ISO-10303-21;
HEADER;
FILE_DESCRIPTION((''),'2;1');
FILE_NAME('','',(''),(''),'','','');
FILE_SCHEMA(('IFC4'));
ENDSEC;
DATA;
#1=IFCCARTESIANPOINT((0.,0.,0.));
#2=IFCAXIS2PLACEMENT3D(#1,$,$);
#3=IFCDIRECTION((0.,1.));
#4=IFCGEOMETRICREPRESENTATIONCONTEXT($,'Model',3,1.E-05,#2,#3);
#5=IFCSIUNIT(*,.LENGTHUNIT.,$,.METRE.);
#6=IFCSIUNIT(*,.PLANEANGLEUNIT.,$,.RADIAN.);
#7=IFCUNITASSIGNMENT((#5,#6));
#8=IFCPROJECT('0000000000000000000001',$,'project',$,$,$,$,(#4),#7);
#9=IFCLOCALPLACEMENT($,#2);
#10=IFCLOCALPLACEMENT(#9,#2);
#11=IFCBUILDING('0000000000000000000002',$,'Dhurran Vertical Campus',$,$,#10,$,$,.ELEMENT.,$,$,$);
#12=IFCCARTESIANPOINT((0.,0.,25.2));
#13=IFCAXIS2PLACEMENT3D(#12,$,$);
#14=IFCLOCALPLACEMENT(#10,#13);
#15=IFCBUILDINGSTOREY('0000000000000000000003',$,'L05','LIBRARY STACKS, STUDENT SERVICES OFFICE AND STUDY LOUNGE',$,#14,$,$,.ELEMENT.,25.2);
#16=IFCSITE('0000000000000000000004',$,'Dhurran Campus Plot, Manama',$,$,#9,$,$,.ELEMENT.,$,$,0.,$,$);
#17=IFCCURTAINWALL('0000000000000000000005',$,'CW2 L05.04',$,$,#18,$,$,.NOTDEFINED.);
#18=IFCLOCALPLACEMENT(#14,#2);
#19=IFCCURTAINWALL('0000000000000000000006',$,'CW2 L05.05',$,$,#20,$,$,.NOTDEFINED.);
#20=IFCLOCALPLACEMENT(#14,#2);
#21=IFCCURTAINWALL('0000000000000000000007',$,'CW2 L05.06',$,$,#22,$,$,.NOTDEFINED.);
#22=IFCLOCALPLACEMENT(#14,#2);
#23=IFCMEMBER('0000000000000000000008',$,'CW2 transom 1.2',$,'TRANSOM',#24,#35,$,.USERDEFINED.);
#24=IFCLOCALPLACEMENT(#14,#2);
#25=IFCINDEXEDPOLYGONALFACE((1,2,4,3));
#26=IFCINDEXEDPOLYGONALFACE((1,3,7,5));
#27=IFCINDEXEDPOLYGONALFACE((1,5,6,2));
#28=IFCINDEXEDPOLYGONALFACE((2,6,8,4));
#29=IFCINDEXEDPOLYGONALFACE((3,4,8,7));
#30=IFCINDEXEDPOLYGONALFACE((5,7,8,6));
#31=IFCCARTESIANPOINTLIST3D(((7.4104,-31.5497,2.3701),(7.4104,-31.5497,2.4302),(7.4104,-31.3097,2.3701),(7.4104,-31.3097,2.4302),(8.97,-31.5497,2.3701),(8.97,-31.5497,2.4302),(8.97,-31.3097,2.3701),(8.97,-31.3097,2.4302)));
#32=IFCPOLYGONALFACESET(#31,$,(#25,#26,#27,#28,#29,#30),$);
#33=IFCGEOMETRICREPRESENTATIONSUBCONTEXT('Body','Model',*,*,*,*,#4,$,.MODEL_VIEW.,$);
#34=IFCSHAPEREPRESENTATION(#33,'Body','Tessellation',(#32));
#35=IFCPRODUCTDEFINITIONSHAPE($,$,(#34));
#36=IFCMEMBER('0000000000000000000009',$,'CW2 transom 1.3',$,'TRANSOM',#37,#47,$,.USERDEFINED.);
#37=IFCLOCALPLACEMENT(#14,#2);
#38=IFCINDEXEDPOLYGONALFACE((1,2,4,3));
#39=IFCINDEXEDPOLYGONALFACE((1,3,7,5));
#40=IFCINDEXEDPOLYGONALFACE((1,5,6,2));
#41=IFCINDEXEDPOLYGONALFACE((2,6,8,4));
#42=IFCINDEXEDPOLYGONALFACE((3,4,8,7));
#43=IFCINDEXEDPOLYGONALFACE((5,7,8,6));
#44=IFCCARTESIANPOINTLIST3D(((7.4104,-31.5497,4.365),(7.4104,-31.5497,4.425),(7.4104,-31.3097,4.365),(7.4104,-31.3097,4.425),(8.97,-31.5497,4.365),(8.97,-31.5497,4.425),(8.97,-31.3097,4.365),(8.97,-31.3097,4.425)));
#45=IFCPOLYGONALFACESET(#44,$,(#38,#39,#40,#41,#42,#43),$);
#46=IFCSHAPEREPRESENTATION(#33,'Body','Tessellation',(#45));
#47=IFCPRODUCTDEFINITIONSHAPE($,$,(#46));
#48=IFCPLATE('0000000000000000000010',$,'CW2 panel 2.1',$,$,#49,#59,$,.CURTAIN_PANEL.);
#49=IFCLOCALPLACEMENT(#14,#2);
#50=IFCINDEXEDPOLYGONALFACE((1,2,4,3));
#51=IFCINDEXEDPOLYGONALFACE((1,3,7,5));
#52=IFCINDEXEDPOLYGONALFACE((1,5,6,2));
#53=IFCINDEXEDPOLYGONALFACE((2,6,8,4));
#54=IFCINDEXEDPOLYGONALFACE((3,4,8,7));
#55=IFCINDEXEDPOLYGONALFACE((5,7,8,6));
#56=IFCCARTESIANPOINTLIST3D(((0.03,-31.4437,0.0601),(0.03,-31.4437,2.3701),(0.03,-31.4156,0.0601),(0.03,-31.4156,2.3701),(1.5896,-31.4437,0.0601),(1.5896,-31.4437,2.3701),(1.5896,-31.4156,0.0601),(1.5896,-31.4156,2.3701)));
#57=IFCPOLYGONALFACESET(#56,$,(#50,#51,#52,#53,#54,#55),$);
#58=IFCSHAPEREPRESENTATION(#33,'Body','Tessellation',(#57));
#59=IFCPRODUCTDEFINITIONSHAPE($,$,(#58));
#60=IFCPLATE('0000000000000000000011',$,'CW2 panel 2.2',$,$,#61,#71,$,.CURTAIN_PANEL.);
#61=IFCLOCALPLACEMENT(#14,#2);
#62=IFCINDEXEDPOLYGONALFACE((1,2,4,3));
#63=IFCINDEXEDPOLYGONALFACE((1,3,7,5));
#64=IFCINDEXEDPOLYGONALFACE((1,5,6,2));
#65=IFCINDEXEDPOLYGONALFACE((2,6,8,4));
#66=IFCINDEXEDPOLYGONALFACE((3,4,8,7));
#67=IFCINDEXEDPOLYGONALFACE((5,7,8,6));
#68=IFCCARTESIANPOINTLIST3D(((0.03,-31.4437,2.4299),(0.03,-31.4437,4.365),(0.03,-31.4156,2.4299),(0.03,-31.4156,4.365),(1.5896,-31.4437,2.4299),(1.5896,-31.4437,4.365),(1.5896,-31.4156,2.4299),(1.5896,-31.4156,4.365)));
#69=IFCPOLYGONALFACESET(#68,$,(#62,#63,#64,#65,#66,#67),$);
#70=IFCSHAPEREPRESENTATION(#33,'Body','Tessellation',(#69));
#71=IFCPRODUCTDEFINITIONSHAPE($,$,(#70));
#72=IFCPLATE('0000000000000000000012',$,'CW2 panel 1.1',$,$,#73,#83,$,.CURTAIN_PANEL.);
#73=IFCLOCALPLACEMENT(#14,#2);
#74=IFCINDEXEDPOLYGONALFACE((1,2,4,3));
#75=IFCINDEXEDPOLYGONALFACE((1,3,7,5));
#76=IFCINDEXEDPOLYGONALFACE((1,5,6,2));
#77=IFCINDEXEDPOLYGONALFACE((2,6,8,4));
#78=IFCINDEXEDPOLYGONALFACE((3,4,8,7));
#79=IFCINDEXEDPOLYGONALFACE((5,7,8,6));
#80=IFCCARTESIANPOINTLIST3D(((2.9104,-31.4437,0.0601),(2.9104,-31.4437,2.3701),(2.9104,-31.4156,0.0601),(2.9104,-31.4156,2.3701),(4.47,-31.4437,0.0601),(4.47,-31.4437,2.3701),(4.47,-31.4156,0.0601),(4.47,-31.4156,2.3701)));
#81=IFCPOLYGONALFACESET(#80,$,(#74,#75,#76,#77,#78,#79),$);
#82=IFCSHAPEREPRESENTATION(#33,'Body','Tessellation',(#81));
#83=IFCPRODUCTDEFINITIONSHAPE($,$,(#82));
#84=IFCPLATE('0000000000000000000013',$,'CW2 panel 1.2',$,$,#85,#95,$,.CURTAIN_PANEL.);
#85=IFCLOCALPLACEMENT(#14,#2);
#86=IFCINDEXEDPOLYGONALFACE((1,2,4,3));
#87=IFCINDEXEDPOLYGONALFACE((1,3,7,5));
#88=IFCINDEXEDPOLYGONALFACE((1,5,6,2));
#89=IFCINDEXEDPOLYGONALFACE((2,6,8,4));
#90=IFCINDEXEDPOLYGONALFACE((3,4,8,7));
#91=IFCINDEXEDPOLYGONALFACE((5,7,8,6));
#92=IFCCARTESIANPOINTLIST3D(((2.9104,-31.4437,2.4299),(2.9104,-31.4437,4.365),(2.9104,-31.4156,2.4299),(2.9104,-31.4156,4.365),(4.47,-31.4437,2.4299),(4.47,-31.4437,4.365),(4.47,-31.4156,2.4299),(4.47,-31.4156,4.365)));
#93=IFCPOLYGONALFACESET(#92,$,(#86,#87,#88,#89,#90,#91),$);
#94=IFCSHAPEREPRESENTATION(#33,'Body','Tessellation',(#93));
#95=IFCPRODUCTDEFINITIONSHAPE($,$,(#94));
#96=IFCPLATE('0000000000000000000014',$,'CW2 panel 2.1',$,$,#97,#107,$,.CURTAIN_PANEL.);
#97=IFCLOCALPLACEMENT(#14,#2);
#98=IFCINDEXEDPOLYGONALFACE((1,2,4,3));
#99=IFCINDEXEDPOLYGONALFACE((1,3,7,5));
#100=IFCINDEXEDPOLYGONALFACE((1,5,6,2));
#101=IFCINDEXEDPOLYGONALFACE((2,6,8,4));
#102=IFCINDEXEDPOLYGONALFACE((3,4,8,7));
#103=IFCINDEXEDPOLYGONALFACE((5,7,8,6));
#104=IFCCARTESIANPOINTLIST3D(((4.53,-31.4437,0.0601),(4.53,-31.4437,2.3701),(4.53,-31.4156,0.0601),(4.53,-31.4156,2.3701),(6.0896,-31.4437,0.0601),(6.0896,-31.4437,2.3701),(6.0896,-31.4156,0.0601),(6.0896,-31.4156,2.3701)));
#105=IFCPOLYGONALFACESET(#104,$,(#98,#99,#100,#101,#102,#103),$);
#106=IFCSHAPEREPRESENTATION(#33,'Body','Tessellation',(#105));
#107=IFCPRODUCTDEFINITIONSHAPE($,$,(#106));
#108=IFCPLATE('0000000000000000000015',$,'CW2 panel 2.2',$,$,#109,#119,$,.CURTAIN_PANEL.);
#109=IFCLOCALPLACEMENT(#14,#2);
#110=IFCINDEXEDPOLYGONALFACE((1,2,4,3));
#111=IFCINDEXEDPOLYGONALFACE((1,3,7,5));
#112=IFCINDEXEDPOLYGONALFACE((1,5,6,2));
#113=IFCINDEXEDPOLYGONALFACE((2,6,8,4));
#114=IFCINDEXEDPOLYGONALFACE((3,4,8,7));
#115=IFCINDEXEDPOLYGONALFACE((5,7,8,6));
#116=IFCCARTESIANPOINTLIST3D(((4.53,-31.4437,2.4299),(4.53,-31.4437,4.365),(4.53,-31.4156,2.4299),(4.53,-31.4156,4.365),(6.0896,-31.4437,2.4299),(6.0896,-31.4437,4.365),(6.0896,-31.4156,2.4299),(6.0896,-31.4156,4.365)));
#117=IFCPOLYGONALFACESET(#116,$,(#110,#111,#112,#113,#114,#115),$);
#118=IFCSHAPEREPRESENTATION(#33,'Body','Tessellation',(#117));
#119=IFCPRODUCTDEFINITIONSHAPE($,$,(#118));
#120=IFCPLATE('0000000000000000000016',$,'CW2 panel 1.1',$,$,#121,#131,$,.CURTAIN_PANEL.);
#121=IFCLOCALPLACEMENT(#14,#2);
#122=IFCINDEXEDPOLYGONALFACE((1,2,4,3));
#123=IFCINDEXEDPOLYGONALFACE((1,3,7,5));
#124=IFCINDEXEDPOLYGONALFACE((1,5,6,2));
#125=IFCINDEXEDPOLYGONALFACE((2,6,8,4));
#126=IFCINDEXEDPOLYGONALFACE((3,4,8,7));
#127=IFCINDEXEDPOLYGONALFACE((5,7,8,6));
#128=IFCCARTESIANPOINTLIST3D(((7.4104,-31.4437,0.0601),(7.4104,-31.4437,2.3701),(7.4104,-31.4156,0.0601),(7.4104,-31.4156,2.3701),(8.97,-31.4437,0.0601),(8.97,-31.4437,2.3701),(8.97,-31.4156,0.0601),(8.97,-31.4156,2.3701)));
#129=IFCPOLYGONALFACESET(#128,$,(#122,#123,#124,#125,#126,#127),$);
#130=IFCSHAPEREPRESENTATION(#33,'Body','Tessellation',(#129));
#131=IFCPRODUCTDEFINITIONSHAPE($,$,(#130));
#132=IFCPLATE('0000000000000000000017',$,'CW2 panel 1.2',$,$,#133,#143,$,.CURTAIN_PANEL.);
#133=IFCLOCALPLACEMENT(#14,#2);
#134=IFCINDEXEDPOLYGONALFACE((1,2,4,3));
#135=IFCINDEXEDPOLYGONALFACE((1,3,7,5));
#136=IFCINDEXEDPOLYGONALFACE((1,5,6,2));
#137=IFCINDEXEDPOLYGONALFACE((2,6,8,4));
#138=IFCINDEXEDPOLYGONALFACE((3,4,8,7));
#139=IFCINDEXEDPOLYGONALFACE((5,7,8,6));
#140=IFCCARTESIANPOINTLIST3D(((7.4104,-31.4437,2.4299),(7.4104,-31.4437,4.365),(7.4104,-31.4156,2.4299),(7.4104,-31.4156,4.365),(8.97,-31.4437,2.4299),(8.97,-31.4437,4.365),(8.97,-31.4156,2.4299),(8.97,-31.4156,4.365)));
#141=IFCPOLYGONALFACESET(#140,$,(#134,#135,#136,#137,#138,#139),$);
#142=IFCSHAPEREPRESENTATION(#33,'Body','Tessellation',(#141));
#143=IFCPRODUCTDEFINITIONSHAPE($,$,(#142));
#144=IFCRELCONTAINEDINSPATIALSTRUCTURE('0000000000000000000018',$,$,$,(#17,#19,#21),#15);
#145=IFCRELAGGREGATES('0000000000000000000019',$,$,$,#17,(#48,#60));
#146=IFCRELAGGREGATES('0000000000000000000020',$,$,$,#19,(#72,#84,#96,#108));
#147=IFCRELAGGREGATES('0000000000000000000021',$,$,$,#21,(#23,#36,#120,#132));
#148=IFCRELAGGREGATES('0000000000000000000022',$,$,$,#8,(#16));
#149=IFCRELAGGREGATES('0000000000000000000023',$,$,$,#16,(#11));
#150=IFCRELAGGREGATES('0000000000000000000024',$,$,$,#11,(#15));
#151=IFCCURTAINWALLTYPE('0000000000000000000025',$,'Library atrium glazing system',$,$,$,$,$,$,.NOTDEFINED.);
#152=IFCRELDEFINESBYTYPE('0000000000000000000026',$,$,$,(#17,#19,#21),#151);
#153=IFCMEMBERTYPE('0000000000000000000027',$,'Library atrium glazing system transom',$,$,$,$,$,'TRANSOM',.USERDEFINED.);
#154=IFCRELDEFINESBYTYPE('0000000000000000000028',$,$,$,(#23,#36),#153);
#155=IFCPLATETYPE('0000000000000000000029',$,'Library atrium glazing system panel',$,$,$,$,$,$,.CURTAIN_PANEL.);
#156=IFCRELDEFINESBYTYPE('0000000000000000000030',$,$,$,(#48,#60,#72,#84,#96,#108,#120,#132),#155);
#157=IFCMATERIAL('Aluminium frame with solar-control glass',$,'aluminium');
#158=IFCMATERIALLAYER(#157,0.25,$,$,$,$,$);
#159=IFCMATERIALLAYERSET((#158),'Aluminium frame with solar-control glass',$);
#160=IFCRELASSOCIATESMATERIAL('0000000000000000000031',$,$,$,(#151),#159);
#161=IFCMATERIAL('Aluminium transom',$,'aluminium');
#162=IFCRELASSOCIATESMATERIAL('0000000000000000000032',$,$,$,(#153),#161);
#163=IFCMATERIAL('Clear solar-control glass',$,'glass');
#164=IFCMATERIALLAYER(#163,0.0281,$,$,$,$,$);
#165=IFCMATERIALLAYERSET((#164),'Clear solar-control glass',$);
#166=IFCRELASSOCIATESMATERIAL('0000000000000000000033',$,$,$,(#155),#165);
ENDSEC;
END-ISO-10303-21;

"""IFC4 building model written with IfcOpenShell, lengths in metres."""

from ifc_helpers import new_model, si_unit, direction, frame, origin, origin_2d, place, context, subcontext, project, spatial, rectangle, extrude, material, layer, layer_set, material_profile, profile_set, type_object, element, aggregate, save


model = new_model("IFC4")

# Units and contexts
model_context = context("Model", 3, precision=1e-05, world=origin(), true_north=direction((0.0, 1.0)))
body_context = subcontext(model_context, "Body", "Model", "MODEL_VIEW")
ifc_project = project(units=[si_unit("LENGTHUNIT", "METRE"), si_unit("PLANEANGLEUNIT", "RADIAN")], contexts=[model_context])

# Site, building, storey
site_placement = place(None, origin())
site = spatial("IfcSite", under=ifc_project, at=site_placement, Name="Dhurran Campus Plot, Manama", CompositionType="ELEMENT", RefElevation=0.0)
building_placement = place(site_placement, origin())
building = spatial("IfcBuilding", under=site, at=building_placement, Name="Dhurran Vertical Campus", CompositionType="ELEMENT")
storey_placement = place(building_placement, frame((0.0, 0.0, 25.2)))
storey = spatial("IfcBuildingStorey", under=building, at=storey_placement, Name="L05", Description="LIBRARY STACKS, STUDENT SERVICES OFFICE AND STUDY LOUNGE", CompositionType="ELEMENT", Elevation=25.2)

# Curtain wall
ifc_material_1 = material(Name="Aluminium frame with solar-control glass", Category="aluminium")
ifc_layer_1 = layer(ifc_material_1, 0.25)
ifc_layer_set_1 = layer_set([ifc_layer_1], Name="Aluminium frame with solar-control glass")
curtain_wall_type = type_object("IfcCurtainWallType", Name="Library atrium glazing system", PredefinedType="NOTDEFINED", material=ifc_layer_set_1)
curtain_wall_1_placement = place(storey_placement, origin())
curtain_wall_1 = element("IfcCurtainWall", 1, at=curtain_wall_1_placement, inside=storey, type_object=curtain_wall_type, Name="CW2 L05.04", PredefinedType="NOTDEFINED")

# Curtain wall
curtain_wall_2_placement = place(storey_placement, origin())
curtain_wall_2 = element("IfcCurtainWall", 2, at=curtain_wall_2_placement, inside=storey, type_object=curtain_wall_type, Name="CW2 L05.05", PredefinedType="NOTDEFINED")

# Curtain wall
curtain_wall_3_placement = place(storey_placement, origin())
curtain_wall_3 = element("IfcCurtainWall", 3, at=curtain_wall_3_placement, inside=storey, type_object=curtain_wall_type, Name="CW2 L05.06", PredefinedType="NOTDEFINED")

# Members
ifc_material_2 = material(Name="Aluminium transom", Category="aluminium")
ifc_material_profile_1 = material_profile(ifc_material_2, rectangle(XDim=0.24, YDim=0.0601, at=origin_2d()), Name="Library atrium glazing system transom")
ifc_profile_set_1 = profile_set([ifc_material_profile_1], Name="Aluminium transom")
member_type_1 = type_object("IfcMemberType", Name="Library atrium glazing system transom", ElementType="TRANSOM", PredefinedType="USERDEFINED", material=ifc_profile_set_1)
member_1_placement = place(storey_placement, frame((7.4104, -31.4297, 2.4001), z_axis=(1.0, 0.0, 0.0), x_axis=(0.0, 1.0, 0.0)))
member_1 = element("IfcMember", 4, at=member_1_placement, type_object=member_type_1, Name="CW2 transom 1.2", ObjectType="TRANSOM", PredefinedType="USERDEFINED", context=body_context, shape_type="SweptSolid", body=[
    extrude(rectangle(XDim=0.24, YDim=0.0601, at=origin_2d()), origin(), (0.0, 0.0, 1.0), 1.5596),
])
member_2_placement = place(storey_placement, frame((7.4104, -31.4297, 4.395), z_axis=(1.0, 0.0, 0.0), x_axis=(0.0, 1.0, 0.0)))
member_2 = element("IfcMember", 5, at=member_2_placement, type_object=member_type_1, Name="CW2 transom 1.3", ObjectType="TRANSOM", PredefinedType="USERDEFINED", context=body_context, shape_type="SweptSolid", body=[
    extrude(rectangle(XDim=0.24, YDim=0.0601, at=origin_2d()), origin(), (0.0, 0.0, 1.0), 1.5596),
])

# Plates
ifc_material_3 = material(Name="Clear solar-control glass", Category="glass")
ifc_layer_2 = layer(ifc_material_3, 0.0281)
ifc_layer_set_2 = layer_set([ifc_layer_2], Name="Clear solar-control glass")
plate_type = type_object("IfcPlateType", Name="Library atrium glazing system panel", PredefinedType="CURTAIN_PANEL", material=ifc_layer_set_2)
plate_1_placement = place(storey_placement, frame((0.8098, -31.4297, 0.0601), z_axis=(0.0, 0.0, 1.0), x_axis=(1.0, 0.0, 0.0)))
plate_1 = element("IfcPlate", 6, at=plate_1_placement, type_object=plate_type, Name="CW2 panel 2.1", PredefinedType="CURTAIN_PANEL", context=body_context, shape_type="SweptSolid", body=[
    extrude(rectangle(XDim=1.5596, YDim=0.0281, at=origin_2d()), origin(), (0.0, 0.0, 1.0), 2.3101),
])
plate_2_placement = place(storey_placement, frame((0.8098, -31.4297, 2.4299), z_axis=(0.0, 0.0, 1.0), x_axis=(1.0, 0.0, 0.0)))
plate_2 = element("IfcPlate", 7, at=plate_2_placement, type_object=plate_type, Name="CW2 panel 2.2", PredefinedType="CURTAIN_PANEL", context=body_context, shape_type="SweptSolid", body=[
    extrude(rectangle(XDim=1.5596, YDim=0.0281, at=origin_2d()), origin(), (0.0, 0.0, 1.0), 1.9351),
])
aggregate(curtain_wall_1, [plate_1, plate_2])
plate_3_placement = place(storey_placement, frame((3.6902, -31.4297, 0.0601), z_axis=(0.0, 0.0, 1.0), x_axis=(1.0, 0.0, 0.0)))
plate_3 = element("IfcPlate", 8, at=plate_3_placement, type_object=plate_type, Name="CW2 panel 1.1", PredefinedType="CURTAIN_PANEL", context=body_context, shape_type="SweptSolid", body=[
    extrude(rectangle(XDim=1.5596, YDim=0.0281, at=origin_2d()), origin(), (0.0, 0.0, 1.0), 2.3101),
])
plate_4_placement = place(storey_placement, frame((3.6902, -31.4297, 2.4299), z_axis=(0.0, 0.0, 1.0), x_axis=(1.0, 0.0, 0.0)))
plate_4 = element("IfcPlate", 9, at=plate_4_placement, type_object=plate_type, Name="CW2 panel 1.2", PredefinedType="CURTAIN_PANEL", context=body_context, shape_type="SweptSolid", body=[
    extrude(rectangle(XDim=1.5596, YDim=0.0281, at=origin_2d()), origin(), (0.0, 0.0, 1.0), 1.9351),
])
plate_5_placement = place(storey_placement, frame((5.3098, -31.4297, 0.0601), z_axis=(0.0, 0.0, 1.0), x_axis=(1.0, 0.0, 0.0)))
plate_5 = element("IfcPlate", 10, at=plate_5_placement, type_object=plate_type, Name="CW2 panel 2.1", PredefinedType="CURTAIN_PANEL", context=body_context, shape_type="SweptSolid", body=[
    extrude(rectangle(XDim=1.5596, YDim=0.0281, at=origin_2d()), origin(), (0.0, 0.0, 1.0), 2.3101),
])
plate_6_placement = place(storey_placement, frame((5.3098, -31.4297, 2.4299), z_axis=(0.0, 0.0, 1.0), x_axis=(1.0, 0.0, 0.0)))
plate_6 = element("IfcPlate", 11, at=plate_6_placement, type_object=plate_type, Name="CW2 panel 2.2", PredefinedType="CURTAIN_PANEL", context=body_context, shape_type="SweptSolid", body=[
    extrude(rectangle(XDim=1.5596, YDim=0.0281, at=origin_2d()), origin(), (0.0, 0.0, 1.0), 1.9351),
])
aggregate(curtain_wall_2, [plate_3, plate_4, plate_5, plate_6])
plate_7_placement = place(storey_placement, frame((8.1902, -31.4297, 0.0601), z_axis=(0.0, 0.0, 1.0), x_axis=(1.0, 0.0, 0.0)))
plate_7 = element("IfcPlate", 12, at=plate_7_placement, type_object=plate_type, Name="CW2 panel 1.1", PredefinedType="CURTAIN_PANEL", context=body_context, shape_type="SweptSolid", body=[
    extrude(rectangle(XDim=1.5596, YDim=0.0281, at=origin_2d()), origin(), (0.0, 0.0, 1.0), 2.3101),
])
plate_8_placement = place(storey_placement, frame((8.1902, -31.4297, 2.4299), z_axis=(0.0, 0.0, 1.0), x_axis=(1.0, 0.0, 0.0)))
plate_8 = element("IfcPlate", 13, at=plate_8_placement, type_object=plate_type, Name="CW2 panel 1.2", PredefinedType="CURTAIN_PANEL", context=body_context, shape_type="SweptSolid", body=[
    extrude(rectangle(XDim=1.5596, YDim=0.0281, at=origin_2d()), origin(), (0.0, 0.0, 1.0), 1.9351),
])
aggregate(curtain_wall_3, [member_1, member_2, plate_7, plate_8])

save(model, "model.ifc")
